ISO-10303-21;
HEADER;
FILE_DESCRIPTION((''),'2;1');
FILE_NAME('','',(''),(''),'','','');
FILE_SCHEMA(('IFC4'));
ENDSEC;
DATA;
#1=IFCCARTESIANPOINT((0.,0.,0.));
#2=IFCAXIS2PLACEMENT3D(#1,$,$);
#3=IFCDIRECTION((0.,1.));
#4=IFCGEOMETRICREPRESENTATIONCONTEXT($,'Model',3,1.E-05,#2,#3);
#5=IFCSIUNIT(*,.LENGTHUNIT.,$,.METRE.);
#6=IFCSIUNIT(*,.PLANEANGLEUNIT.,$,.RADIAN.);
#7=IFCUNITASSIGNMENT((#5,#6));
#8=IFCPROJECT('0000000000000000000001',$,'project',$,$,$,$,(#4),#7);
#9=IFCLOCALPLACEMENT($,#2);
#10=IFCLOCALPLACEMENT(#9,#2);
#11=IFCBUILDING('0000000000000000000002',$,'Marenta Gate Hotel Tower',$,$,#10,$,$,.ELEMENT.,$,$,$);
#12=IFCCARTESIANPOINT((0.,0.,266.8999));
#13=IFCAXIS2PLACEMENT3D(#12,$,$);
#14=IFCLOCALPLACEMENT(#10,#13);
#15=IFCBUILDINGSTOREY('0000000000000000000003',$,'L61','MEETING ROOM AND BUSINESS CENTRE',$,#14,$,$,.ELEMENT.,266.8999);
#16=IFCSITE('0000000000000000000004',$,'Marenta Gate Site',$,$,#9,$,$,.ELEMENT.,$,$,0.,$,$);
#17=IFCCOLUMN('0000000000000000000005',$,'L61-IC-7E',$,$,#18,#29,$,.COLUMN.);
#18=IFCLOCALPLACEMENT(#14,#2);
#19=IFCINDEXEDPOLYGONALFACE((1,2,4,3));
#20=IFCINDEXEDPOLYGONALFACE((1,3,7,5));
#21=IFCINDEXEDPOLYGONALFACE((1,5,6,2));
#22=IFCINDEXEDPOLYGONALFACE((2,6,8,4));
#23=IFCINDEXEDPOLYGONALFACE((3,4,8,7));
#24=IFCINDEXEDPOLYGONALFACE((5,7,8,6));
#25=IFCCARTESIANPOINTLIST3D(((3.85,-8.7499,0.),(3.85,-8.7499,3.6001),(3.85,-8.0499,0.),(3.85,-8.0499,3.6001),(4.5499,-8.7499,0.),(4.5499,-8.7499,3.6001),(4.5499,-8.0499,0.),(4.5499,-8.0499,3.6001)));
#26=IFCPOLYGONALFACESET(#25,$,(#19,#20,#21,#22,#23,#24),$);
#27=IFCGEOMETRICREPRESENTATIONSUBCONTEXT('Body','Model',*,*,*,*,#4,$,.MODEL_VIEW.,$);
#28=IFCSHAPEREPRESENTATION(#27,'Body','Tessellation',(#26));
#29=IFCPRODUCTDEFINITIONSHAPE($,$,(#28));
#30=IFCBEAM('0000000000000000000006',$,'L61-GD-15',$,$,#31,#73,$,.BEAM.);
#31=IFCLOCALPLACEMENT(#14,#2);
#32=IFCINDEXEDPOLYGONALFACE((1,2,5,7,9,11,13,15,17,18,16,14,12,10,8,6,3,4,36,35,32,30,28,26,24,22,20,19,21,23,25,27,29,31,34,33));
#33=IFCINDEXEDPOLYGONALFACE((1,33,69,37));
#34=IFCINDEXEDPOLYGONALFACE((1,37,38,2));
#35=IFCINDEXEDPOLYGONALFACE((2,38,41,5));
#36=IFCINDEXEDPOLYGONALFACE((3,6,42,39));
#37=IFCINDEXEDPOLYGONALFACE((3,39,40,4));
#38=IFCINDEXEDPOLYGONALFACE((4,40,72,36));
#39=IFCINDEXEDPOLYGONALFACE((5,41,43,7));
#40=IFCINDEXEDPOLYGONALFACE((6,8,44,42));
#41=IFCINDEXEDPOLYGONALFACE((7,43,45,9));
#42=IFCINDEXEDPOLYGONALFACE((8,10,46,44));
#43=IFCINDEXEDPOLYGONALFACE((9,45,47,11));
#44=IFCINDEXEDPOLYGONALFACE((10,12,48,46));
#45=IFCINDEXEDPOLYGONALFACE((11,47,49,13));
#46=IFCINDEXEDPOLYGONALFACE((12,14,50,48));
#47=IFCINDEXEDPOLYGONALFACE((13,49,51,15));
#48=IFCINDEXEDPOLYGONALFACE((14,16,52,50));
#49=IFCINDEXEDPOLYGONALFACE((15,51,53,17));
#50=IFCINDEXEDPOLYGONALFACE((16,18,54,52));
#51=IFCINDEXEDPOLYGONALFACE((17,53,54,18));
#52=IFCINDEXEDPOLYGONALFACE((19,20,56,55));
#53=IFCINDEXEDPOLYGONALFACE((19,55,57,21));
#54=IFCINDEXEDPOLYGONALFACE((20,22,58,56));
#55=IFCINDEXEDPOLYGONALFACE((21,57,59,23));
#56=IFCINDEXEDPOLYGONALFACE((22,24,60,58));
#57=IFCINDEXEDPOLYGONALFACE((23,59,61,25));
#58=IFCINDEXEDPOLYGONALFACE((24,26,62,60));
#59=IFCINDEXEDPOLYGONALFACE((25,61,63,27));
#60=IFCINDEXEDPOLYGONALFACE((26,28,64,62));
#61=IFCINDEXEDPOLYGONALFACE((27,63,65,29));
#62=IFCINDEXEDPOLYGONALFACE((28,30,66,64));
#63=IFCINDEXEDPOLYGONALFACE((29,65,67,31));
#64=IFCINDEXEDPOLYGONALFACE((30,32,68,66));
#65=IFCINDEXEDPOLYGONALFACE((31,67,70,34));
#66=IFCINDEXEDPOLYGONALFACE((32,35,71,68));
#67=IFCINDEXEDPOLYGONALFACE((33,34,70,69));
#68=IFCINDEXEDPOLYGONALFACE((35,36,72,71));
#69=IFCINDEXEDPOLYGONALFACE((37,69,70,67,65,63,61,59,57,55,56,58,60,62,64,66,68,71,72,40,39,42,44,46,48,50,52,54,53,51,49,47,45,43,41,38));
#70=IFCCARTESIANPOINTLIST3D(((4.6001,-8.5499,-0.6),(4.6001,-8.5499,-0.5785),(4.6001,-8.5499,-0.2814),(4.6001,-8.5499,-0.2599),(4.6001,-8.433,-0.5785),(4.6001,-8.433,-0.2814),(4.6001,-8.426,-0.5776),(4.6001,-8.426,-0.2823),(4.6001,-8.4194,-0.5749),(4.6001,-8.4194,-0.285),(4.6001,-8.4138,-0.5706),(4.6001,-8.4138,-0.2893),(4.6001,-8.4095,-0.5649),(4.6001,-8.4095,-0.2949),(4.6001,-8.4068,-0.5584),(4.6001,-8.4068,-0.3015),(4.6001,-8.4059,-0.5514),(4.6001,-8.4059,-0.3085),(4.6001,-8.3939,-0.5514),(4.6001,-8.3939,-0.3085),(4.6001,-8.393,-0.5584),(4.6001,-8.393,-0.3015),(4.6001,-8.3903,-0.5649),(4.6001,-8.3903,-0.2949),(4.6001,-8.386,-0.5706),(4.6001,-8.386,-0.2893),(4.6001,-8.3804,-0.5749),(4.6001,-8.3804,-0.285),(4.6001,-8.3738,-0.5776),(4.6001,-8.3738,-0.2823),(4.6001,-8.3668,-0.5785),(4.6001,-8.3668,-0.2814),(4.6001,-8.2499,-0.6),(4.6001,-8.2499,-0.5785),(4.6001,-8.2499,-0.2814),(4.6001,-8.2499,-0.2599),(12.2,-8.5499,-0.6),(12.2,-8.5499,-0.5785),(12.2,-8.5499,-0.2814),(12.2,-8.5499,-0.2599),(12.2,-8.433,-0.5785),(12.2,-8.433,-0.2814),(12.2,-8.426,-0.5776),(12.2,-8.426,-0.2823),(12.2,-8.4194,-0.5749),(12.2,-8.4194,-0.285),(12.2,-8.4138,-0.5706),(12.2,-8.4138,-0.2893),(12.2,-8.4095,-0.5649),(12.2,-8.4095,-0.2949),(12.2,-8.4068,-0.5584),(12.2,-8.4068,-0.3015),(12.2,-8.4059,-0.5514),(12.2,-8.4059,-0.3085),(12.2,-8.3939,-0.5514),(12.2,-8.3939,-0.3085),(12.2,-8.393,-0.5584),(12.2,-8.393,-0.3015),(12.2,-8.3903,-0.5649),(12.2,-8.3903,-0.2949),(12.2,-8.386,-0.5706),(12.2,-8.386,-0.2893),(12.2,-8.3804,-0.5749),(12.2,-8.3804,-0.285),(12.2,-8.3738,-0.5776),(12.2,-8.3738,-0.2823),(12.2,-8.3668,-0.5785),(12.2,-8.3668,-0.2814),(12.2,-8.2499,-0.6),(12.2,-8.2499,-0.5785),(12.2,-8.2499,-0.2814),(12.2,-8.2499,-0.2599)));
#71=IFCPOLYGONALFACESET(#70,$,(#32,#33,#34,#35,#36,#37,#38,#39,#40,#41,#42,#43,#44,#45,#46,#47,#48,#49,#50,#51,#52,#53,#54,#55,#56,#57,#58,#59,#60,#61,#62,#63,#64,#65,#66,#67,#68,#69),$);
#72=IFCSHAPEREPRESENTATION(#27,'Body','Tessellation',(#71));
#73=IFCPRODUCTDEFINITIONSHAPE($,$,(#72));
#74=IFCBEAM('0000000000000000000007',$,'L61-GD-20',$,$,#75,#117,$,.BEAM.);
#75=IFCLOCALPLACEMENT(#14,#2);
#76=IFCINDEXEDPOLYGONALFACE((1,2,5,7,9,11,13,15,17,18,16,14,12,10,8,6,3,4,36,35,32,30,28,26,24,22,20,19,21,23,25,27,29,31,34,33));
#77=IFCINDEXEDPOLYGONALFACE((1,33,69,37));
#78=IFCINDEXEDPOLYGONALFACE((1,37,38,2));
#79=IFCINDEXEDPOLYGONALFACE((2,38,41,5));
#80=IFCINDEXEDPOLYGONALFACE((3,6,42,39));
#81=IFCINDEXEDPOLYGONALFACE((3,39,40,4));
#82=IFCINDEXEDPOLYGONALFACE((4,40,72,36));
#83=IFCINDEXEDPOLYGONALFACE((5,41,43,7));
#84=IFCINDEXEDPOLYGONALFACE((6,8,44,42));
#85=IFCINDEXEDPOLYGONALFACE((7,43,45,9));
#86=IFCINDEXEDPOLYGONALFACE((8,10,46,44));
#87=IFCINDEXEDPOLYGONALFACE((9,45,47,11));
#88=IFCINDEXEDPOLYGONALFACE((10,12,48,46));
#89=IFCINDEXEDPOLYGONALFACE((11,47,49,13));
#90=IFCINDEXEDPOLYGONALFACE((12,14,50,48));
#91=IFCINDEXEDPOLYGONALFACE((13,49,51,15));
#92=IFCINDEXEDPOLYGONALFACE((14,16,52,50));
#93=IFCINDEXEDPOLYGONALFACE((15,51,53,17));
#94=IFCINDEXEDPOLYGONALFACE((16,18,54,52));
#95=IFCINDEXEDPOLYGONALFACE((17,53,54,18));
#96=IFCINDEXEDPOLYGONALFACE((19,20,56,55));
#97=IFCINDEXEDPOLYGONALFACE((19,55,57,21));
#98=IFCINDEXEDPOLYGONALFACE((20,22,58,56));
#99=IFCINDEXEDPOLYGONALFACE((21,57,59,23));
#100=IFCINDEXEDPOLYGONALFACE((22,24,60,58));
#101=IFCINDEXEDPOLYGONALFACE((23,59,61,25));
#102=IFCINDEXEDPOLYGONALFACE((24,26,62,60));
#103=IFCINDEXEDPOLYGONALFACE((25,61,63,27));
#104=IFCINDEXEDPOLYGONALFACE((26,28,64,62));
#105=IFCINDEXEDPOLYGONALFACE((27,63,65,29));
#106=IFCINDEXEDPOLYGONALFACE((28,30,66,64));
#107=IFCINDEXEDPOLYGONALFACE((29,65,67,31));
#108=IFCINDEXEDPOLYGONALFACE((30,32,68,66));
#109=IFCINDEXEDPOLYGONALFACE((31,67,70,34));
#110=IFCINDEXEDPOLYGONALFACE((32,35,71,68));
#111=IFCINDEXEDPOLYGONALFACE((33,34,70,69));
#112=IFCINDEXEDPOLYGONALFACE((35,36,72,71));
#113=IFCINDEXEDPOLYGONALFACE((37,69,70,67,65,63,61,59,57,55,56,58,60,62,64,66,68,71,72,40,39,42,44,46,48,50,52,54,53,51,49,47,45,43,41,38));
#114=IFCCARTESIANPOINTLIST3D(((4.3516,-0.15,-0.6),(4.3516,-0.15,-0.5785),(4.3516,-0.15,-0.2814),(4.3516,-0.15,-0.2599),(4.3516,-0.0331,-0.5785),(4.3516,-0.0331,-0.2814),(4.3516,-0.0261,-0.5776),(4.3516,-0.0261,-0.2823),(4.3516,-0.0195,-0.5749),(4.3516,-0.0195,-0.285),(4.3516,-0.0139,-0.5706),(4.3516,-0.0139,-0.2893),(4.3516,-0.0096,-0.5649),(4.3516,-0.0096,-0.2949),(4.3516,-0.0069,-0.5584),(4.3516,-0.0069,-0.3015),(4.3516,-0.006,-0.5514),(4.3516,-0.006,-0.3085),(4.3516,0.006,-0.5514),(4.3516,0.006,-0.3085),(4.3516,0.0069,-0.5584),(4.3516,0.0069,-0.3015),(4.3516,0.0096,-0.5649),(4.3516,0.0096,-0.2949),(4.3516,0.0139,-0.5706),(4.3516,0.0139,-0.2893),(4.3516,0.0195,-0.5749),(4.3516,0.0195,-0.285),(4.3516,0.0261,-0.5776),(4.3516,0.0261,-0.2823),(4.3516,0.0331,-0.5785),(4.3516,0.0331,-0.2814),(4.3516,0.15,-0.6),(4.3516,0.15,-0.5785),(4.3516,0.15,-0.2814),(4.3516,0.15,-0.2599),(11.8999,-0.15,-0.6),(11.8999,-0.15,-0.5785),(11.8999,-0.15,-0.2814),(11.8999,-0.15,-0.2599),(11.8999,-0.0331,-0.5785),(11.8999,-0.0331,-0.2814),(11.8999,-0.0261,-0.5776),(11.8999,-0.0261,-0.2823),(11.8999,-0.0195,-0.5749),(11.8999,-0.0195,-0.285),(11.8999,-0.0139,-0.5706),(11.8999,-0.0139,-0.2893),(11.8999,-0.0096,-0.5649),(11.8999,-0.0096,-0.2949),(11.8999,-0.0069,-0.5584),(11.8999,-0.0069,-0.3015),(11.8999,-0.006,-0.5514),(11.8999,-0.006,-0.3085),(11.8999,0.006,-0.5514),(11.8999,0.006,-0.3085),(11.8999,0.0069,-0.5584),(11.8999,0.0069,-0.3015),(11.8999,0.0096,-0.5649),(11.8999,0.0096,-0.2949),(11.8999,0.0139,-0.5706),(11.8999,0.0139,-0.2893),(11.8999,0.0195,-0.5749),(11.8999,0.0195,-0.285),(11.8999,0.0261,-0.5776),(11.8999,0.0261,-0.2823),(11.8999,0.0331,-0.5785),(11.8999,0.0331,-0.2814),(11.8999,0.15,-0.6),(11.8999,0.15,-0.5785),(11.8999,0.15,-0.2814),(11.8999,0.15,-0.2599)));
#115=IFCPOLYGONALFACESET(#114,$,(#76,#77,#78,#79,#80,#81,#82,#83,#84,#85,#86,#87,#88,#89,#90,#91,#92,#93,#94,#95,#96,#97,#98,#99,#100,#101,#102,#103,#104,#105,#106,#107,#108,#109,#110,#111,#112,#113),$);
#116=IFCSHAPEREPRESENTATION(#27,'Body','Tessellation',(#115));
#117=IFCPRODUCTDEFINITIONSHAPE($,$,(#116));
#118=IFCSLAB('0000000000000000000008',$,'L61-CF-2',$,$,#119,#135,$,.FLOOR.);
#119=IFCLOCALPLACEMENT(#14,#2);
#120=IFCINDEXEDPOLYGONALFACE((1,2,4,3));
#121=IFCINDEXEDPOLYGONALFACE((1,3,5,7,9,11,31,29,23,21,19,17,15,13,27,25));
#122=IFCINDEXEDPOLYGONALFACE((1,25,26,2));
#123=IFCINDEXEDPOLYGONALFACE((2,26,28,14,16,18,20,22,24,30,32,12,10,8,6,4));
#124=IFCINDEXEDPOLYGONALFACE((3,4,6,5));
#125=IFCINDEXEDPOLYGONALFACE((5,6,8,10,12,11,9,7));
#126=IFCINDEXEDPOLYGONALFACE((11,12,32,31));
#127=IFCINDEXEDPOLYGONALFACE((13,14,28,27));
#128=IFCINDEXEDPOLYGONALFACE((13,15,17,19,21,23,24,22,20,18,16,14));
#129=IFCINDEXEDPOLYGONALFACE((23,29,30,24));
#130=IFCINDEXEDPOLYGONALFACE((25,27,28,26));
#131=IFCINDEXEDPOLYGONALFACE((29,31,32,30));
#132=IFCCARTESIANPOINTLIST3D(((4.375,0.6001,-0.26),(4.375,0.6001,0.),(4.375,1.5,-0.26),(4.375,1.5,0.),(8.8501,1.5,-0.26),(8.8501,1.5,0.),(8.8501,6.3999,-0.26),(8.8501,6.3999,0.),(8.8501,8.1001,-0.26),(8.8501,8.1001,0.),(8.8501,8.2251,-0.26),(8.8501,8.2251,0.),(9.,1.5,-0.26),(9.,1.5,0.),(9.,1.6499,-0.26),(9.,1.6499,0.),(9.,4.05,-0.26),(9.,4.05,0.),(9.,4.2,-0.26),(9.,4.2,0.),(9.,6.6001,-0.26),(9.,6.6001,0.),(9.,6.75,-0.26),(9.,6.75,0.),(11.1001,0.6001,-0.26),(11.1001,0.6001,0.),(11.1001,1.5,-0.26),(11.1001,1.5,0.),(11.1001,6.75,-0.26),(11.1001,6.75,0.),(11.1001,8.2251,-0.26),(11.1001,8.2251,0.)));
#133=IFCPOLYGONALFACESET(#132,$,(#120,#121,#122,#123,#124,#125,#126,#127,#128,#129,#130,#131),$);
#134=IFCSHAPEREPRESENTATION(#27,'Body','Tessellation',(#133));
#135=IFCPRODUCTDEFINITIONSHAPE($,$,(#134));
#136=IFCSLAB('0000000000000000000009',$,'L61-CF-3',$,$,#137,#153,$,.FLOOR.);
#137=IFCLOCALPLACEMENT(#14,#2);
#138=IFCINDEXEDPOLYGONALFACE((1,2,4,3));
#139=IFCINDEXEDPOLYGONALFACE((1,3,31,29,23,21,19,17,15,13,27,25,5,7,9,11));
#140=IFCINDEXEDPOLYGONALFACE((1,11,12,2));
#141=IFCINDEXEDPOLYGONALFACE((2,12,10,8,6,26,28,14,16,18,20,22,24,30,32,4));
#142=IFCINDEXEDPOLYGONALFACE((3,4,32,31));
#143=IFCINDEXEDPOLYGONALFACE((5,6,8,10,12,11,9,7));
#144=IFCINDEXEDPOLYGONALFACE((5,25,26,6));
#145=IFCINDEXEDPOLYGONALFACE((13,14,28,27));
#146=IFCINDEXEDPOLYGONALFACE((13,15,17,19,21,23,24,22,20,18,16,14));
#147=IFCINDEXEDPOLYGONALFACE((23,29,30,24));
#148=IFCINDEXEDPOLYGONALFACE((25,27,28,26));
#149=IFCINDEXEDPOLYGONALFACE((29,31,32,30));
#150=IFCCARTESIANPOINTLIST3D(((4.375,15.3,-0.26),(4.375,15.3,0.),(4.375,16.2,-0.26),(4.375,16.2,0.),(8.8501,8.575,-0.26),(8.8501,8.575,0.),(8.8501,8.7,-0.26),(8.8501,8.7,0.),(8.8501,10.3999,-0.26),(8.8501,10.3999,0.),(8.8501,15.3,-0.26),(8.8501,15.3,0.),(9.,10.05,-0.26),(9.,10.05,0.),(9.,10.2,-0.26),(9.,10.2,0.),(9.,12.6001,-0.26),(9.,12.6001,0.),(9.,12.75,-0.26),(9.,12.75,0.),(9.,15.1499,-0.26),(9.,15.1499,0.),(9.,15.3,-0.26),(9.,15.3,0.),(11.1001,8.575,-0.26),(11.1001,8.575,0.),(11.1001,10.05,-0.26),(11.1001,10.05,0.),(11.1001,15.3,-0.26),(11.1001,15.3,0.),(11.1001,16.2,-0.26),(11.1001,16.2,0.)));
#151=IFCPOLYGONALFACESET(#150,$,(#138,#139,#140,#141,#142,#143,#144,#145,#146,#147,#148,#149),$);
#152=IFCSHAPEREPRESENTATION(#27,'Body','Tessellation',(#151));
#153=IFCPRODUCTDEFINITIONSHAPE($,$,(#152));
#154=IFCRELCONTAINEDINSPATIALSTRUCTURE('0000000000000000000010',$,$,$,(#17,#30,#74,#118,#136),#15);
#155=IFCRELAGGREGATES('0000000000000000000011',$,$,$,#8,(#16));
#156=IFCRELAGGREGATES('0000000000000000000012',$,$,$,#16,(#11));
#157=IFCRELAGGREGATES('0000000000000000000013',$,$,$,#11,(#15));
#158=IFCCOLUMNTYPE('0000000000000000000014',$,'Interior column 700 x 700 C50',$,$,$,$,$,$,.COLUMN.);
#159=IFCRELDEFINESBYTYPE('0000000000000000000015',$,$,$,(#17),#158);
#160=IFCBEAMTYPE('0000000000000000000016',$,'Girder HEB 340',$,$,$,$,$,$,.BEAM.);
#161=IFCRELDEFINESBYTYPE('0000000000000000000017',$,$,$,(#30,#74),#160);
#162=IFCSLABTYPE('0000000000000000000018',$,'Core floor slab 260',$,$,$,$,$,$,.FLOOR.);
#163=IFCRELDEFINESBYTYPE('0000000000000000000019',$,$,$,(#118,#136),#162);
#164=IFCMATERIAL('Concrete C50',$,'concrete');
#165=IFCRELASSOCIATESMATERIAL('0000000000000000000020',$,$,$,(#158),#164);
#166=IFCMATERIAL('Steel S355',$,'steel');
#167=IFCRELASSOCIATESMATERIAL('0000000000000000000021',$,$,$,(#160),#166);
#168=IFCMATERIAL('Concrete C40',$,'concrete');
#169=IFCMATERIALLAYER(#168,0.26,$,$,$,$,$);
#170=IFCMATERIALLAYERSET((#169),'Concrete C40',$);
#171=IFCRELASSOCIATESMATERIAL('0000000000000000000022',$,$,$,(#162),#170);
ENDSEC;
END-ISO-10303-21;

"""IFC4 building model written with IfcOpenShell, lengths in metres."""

from ifc_helpers import new_model, si_unit, direction, frame, origin, origin_2d, place, context, subcontext, project, spatial, polyline, rectangle, i_section, outline, extrude, material, layer, layer_set, material_profile, profile_set, type_object, element, save


model = new_model("IFC4")

# Units and contexts
model_context = context("Model", 3, precision=1e-05, world=origin(), true_north=direction((0.0, 1.0)))
body_context = subcontext(model_context, "Body", "Model", "MODEL_VIEW")
ifc_project = project(units=[si_unit("LENGTHUNIT", "METRE"), si_unit("PLANEANGLEUNIT", "RADIAN")], contexts=[model_context])

# Site, building, storey
site_placement = place(None, origin())
site = spatial("IfcSite", under=ifc_project, at=site_placement, Name="Marenta Gate Site", CompositionType="ELEMENT", RefElevation=0.0)
building_placement = place(site_placement, origin())
building = spatial("IfcBuilding", under=site, at=building_placement, Name="Marenta Gate Hotel Tower", CompositionType="ELEMENT")
storey_placement = place(building_placement, frame((0.0, 0.0, 266.8999)))
storey = spatial("IfcBuildingStorey", under=building, at=storey_placement, Name="L61", Description="MEETING ROOM AND BUSINESS CENTRE", CompositionType="ELEMENT", Elevation=266.8999)

# Column
ifc_material_1 = material(Name="Concrete C50", Category="concrete")
ifc_material_profile_1 = material_profile(ifc_material_1, rectangle(XDim=0.7, YDim=0.7, at=origin_2d()), Name="700 x 700")
ifc_profile_set_1 = profile_set([ifc_material_profile_1], Name="Concrete C50")
column_type = type_object("IfcColumnType", Name="Interior column 700 x 700 C50", PredefinedType="COLUMN", material=ifc_profile_set_1)
column_placement = place(storey_placement, frame((4.2, -8.3999, 0.0), z_axis=(0.0, 0.0, 1.0), x_axis=(1.0, 0.0, 0.0)))
element("IfcColumn", 1, at=column_placement, inside=storey, type_object=column_type, Name="L61-IC-7E", PredefinedType="COLUMN", context=body_context, shape_type="SweptSolid", body=[
    extrude(rectangle(XDim=0.7, YDim=0.7, at=origin_2d()), origin(), (0.0, 0.0, 1.0), 3.6001),
])

# Beams
ifc_material_2 = material(Name="Steel S355", Category="steel")
ifc_material_profile_2 = material_profile(ifc_material_2, i_section(OverallWidth=0.3, OverallDepth=0.3401, WebThickness=0.012, FlangeThickness=0.0215, FilletRadius=0.0271, at=origin_2d()), Name="HEB 340")
ifc_profile_set_2 = profile_set([ifc_material_profile_2], Name="Steel S355")
beam_type = type_object("IfcBeamType", Name="Girder HEB 340", PredefinedType="BEAM", material=ifc_profile_set_2)
beam_1_placement = place(storey_placement, frame((4.6001, -8.3999, -0.4299), z_axis=(1.0, 0.0, 0.0), x_axis=(0.0, 1.0, 0.0)))
element("IfcBeam", 2, at=beam_1_placement, inside=storey, type_object=beam_type, Name="L61-GD-15", PredefinedType="BEAM", context=body_context, shape_type="SweptSolid", body=[
    extrude(i_section(OverallWidth=0.3, OverallDepth=0.3401, WebThickness=0.012, FlangeThickness=0.0215, FilletRadius=0.0271, at=origin_2d()), origin(), (0.0, 0.0, 1.0), 7.5999),
])
beam_2_placement = place(storey_placement, frame((4.3516, 0.0, -0.4299), z_axis=(1.0, 0.0, 0.0), x_axis=(0.0, 1.0, 0.0)))
element("IfcBeam", 3, at=beam_2_placement, inside=storey, type_object=beam_type, Name="L61-GD-20", PredefinedType="BEAM", context=body_context, shape_type="SweptSolid", body=[
    extrude(i_section(OverallWidth=0.3, OverallDepth=0.3401, WebThickness=0.012, FlangeThickness=0.0215, FilletRadius=0.0271, at=origin_2d()), origin(), (0.0, 0.0, 1.0), 7.5483),
])

# Slabs
ifc_material_3 = material(Name="Concrete C40", Category="concrete")
ifc_layer_1 = layer(ifc_material_3, 0.26)
ifc_layer_set_1 = layer_set([ifc_layer_1], Name="Concrete C40")
slab_type_1 = type_object("IfcSlabType", Name="Core floor slab 260", PredefinedType="FLOOR", material=ifc_layer_set_1)
slab_1_placement = place(storey_placement, frame((0.0, 0.0, -0.26)))
element("IfcSlab", 4, at=slab_1_placement, inside=storey, type_object=slab_type_1, Name="L61-CF-2", PredefinedType="FLOOR", context=body_context, shape_type="SweptSolid", body=[
    extrude(outline(polyline([(8.8501, 6.3999), (8.8501, 8.1001), (8.8501, 8.2251), (11.1001, 8.2251), (11.1001, 6.75), (9.0, 6.75), (9.0, 6.6001), (9.0, 4.2), (9.0, 4.05), (9.0, 1.6499), (9.0, 1.5), (11.1001, 1.5), (11.1001, 0.6001), (4.375, 0.6001), (4.375, 1.5), (8.8501, 1.5), (8.8501, 6.3999)])), origin(), (0.0, 0.0, 1.0), 0.26),
])
slab_2_placement = place(storey_placement, frame((0.0, 0.0, -0.26)))
element("IfcSlab", 5, at=slab_2_placement, inside=storey, type_object=slab_type_1, Name="L61-CF-3", PredefinedType="FLOOR", context=body_context, shape_type="SweptSolid", body=[
    extrude(outline(polyline([(8.8501, 15.3), (4.375, 15.3), (4.375, 16.2), (11.1001, 16.2), (11.1001, 15.3), (9.0, 15.3), (9.0, 15.1499), (9.0, 12.75), (9.0, 12.6001), (9.0, 10.2), (9.0, 10.05), (11.1001, 10.05), (11.1001, 8.575), (8.8501, 8.575), (8.8501, 8.7), (8.8501, 10.3999), (8.8501, 15.3)])), origin(), (0.0, 0.0, 1.0), 0.26),
])

save(model, "model.ifc")
